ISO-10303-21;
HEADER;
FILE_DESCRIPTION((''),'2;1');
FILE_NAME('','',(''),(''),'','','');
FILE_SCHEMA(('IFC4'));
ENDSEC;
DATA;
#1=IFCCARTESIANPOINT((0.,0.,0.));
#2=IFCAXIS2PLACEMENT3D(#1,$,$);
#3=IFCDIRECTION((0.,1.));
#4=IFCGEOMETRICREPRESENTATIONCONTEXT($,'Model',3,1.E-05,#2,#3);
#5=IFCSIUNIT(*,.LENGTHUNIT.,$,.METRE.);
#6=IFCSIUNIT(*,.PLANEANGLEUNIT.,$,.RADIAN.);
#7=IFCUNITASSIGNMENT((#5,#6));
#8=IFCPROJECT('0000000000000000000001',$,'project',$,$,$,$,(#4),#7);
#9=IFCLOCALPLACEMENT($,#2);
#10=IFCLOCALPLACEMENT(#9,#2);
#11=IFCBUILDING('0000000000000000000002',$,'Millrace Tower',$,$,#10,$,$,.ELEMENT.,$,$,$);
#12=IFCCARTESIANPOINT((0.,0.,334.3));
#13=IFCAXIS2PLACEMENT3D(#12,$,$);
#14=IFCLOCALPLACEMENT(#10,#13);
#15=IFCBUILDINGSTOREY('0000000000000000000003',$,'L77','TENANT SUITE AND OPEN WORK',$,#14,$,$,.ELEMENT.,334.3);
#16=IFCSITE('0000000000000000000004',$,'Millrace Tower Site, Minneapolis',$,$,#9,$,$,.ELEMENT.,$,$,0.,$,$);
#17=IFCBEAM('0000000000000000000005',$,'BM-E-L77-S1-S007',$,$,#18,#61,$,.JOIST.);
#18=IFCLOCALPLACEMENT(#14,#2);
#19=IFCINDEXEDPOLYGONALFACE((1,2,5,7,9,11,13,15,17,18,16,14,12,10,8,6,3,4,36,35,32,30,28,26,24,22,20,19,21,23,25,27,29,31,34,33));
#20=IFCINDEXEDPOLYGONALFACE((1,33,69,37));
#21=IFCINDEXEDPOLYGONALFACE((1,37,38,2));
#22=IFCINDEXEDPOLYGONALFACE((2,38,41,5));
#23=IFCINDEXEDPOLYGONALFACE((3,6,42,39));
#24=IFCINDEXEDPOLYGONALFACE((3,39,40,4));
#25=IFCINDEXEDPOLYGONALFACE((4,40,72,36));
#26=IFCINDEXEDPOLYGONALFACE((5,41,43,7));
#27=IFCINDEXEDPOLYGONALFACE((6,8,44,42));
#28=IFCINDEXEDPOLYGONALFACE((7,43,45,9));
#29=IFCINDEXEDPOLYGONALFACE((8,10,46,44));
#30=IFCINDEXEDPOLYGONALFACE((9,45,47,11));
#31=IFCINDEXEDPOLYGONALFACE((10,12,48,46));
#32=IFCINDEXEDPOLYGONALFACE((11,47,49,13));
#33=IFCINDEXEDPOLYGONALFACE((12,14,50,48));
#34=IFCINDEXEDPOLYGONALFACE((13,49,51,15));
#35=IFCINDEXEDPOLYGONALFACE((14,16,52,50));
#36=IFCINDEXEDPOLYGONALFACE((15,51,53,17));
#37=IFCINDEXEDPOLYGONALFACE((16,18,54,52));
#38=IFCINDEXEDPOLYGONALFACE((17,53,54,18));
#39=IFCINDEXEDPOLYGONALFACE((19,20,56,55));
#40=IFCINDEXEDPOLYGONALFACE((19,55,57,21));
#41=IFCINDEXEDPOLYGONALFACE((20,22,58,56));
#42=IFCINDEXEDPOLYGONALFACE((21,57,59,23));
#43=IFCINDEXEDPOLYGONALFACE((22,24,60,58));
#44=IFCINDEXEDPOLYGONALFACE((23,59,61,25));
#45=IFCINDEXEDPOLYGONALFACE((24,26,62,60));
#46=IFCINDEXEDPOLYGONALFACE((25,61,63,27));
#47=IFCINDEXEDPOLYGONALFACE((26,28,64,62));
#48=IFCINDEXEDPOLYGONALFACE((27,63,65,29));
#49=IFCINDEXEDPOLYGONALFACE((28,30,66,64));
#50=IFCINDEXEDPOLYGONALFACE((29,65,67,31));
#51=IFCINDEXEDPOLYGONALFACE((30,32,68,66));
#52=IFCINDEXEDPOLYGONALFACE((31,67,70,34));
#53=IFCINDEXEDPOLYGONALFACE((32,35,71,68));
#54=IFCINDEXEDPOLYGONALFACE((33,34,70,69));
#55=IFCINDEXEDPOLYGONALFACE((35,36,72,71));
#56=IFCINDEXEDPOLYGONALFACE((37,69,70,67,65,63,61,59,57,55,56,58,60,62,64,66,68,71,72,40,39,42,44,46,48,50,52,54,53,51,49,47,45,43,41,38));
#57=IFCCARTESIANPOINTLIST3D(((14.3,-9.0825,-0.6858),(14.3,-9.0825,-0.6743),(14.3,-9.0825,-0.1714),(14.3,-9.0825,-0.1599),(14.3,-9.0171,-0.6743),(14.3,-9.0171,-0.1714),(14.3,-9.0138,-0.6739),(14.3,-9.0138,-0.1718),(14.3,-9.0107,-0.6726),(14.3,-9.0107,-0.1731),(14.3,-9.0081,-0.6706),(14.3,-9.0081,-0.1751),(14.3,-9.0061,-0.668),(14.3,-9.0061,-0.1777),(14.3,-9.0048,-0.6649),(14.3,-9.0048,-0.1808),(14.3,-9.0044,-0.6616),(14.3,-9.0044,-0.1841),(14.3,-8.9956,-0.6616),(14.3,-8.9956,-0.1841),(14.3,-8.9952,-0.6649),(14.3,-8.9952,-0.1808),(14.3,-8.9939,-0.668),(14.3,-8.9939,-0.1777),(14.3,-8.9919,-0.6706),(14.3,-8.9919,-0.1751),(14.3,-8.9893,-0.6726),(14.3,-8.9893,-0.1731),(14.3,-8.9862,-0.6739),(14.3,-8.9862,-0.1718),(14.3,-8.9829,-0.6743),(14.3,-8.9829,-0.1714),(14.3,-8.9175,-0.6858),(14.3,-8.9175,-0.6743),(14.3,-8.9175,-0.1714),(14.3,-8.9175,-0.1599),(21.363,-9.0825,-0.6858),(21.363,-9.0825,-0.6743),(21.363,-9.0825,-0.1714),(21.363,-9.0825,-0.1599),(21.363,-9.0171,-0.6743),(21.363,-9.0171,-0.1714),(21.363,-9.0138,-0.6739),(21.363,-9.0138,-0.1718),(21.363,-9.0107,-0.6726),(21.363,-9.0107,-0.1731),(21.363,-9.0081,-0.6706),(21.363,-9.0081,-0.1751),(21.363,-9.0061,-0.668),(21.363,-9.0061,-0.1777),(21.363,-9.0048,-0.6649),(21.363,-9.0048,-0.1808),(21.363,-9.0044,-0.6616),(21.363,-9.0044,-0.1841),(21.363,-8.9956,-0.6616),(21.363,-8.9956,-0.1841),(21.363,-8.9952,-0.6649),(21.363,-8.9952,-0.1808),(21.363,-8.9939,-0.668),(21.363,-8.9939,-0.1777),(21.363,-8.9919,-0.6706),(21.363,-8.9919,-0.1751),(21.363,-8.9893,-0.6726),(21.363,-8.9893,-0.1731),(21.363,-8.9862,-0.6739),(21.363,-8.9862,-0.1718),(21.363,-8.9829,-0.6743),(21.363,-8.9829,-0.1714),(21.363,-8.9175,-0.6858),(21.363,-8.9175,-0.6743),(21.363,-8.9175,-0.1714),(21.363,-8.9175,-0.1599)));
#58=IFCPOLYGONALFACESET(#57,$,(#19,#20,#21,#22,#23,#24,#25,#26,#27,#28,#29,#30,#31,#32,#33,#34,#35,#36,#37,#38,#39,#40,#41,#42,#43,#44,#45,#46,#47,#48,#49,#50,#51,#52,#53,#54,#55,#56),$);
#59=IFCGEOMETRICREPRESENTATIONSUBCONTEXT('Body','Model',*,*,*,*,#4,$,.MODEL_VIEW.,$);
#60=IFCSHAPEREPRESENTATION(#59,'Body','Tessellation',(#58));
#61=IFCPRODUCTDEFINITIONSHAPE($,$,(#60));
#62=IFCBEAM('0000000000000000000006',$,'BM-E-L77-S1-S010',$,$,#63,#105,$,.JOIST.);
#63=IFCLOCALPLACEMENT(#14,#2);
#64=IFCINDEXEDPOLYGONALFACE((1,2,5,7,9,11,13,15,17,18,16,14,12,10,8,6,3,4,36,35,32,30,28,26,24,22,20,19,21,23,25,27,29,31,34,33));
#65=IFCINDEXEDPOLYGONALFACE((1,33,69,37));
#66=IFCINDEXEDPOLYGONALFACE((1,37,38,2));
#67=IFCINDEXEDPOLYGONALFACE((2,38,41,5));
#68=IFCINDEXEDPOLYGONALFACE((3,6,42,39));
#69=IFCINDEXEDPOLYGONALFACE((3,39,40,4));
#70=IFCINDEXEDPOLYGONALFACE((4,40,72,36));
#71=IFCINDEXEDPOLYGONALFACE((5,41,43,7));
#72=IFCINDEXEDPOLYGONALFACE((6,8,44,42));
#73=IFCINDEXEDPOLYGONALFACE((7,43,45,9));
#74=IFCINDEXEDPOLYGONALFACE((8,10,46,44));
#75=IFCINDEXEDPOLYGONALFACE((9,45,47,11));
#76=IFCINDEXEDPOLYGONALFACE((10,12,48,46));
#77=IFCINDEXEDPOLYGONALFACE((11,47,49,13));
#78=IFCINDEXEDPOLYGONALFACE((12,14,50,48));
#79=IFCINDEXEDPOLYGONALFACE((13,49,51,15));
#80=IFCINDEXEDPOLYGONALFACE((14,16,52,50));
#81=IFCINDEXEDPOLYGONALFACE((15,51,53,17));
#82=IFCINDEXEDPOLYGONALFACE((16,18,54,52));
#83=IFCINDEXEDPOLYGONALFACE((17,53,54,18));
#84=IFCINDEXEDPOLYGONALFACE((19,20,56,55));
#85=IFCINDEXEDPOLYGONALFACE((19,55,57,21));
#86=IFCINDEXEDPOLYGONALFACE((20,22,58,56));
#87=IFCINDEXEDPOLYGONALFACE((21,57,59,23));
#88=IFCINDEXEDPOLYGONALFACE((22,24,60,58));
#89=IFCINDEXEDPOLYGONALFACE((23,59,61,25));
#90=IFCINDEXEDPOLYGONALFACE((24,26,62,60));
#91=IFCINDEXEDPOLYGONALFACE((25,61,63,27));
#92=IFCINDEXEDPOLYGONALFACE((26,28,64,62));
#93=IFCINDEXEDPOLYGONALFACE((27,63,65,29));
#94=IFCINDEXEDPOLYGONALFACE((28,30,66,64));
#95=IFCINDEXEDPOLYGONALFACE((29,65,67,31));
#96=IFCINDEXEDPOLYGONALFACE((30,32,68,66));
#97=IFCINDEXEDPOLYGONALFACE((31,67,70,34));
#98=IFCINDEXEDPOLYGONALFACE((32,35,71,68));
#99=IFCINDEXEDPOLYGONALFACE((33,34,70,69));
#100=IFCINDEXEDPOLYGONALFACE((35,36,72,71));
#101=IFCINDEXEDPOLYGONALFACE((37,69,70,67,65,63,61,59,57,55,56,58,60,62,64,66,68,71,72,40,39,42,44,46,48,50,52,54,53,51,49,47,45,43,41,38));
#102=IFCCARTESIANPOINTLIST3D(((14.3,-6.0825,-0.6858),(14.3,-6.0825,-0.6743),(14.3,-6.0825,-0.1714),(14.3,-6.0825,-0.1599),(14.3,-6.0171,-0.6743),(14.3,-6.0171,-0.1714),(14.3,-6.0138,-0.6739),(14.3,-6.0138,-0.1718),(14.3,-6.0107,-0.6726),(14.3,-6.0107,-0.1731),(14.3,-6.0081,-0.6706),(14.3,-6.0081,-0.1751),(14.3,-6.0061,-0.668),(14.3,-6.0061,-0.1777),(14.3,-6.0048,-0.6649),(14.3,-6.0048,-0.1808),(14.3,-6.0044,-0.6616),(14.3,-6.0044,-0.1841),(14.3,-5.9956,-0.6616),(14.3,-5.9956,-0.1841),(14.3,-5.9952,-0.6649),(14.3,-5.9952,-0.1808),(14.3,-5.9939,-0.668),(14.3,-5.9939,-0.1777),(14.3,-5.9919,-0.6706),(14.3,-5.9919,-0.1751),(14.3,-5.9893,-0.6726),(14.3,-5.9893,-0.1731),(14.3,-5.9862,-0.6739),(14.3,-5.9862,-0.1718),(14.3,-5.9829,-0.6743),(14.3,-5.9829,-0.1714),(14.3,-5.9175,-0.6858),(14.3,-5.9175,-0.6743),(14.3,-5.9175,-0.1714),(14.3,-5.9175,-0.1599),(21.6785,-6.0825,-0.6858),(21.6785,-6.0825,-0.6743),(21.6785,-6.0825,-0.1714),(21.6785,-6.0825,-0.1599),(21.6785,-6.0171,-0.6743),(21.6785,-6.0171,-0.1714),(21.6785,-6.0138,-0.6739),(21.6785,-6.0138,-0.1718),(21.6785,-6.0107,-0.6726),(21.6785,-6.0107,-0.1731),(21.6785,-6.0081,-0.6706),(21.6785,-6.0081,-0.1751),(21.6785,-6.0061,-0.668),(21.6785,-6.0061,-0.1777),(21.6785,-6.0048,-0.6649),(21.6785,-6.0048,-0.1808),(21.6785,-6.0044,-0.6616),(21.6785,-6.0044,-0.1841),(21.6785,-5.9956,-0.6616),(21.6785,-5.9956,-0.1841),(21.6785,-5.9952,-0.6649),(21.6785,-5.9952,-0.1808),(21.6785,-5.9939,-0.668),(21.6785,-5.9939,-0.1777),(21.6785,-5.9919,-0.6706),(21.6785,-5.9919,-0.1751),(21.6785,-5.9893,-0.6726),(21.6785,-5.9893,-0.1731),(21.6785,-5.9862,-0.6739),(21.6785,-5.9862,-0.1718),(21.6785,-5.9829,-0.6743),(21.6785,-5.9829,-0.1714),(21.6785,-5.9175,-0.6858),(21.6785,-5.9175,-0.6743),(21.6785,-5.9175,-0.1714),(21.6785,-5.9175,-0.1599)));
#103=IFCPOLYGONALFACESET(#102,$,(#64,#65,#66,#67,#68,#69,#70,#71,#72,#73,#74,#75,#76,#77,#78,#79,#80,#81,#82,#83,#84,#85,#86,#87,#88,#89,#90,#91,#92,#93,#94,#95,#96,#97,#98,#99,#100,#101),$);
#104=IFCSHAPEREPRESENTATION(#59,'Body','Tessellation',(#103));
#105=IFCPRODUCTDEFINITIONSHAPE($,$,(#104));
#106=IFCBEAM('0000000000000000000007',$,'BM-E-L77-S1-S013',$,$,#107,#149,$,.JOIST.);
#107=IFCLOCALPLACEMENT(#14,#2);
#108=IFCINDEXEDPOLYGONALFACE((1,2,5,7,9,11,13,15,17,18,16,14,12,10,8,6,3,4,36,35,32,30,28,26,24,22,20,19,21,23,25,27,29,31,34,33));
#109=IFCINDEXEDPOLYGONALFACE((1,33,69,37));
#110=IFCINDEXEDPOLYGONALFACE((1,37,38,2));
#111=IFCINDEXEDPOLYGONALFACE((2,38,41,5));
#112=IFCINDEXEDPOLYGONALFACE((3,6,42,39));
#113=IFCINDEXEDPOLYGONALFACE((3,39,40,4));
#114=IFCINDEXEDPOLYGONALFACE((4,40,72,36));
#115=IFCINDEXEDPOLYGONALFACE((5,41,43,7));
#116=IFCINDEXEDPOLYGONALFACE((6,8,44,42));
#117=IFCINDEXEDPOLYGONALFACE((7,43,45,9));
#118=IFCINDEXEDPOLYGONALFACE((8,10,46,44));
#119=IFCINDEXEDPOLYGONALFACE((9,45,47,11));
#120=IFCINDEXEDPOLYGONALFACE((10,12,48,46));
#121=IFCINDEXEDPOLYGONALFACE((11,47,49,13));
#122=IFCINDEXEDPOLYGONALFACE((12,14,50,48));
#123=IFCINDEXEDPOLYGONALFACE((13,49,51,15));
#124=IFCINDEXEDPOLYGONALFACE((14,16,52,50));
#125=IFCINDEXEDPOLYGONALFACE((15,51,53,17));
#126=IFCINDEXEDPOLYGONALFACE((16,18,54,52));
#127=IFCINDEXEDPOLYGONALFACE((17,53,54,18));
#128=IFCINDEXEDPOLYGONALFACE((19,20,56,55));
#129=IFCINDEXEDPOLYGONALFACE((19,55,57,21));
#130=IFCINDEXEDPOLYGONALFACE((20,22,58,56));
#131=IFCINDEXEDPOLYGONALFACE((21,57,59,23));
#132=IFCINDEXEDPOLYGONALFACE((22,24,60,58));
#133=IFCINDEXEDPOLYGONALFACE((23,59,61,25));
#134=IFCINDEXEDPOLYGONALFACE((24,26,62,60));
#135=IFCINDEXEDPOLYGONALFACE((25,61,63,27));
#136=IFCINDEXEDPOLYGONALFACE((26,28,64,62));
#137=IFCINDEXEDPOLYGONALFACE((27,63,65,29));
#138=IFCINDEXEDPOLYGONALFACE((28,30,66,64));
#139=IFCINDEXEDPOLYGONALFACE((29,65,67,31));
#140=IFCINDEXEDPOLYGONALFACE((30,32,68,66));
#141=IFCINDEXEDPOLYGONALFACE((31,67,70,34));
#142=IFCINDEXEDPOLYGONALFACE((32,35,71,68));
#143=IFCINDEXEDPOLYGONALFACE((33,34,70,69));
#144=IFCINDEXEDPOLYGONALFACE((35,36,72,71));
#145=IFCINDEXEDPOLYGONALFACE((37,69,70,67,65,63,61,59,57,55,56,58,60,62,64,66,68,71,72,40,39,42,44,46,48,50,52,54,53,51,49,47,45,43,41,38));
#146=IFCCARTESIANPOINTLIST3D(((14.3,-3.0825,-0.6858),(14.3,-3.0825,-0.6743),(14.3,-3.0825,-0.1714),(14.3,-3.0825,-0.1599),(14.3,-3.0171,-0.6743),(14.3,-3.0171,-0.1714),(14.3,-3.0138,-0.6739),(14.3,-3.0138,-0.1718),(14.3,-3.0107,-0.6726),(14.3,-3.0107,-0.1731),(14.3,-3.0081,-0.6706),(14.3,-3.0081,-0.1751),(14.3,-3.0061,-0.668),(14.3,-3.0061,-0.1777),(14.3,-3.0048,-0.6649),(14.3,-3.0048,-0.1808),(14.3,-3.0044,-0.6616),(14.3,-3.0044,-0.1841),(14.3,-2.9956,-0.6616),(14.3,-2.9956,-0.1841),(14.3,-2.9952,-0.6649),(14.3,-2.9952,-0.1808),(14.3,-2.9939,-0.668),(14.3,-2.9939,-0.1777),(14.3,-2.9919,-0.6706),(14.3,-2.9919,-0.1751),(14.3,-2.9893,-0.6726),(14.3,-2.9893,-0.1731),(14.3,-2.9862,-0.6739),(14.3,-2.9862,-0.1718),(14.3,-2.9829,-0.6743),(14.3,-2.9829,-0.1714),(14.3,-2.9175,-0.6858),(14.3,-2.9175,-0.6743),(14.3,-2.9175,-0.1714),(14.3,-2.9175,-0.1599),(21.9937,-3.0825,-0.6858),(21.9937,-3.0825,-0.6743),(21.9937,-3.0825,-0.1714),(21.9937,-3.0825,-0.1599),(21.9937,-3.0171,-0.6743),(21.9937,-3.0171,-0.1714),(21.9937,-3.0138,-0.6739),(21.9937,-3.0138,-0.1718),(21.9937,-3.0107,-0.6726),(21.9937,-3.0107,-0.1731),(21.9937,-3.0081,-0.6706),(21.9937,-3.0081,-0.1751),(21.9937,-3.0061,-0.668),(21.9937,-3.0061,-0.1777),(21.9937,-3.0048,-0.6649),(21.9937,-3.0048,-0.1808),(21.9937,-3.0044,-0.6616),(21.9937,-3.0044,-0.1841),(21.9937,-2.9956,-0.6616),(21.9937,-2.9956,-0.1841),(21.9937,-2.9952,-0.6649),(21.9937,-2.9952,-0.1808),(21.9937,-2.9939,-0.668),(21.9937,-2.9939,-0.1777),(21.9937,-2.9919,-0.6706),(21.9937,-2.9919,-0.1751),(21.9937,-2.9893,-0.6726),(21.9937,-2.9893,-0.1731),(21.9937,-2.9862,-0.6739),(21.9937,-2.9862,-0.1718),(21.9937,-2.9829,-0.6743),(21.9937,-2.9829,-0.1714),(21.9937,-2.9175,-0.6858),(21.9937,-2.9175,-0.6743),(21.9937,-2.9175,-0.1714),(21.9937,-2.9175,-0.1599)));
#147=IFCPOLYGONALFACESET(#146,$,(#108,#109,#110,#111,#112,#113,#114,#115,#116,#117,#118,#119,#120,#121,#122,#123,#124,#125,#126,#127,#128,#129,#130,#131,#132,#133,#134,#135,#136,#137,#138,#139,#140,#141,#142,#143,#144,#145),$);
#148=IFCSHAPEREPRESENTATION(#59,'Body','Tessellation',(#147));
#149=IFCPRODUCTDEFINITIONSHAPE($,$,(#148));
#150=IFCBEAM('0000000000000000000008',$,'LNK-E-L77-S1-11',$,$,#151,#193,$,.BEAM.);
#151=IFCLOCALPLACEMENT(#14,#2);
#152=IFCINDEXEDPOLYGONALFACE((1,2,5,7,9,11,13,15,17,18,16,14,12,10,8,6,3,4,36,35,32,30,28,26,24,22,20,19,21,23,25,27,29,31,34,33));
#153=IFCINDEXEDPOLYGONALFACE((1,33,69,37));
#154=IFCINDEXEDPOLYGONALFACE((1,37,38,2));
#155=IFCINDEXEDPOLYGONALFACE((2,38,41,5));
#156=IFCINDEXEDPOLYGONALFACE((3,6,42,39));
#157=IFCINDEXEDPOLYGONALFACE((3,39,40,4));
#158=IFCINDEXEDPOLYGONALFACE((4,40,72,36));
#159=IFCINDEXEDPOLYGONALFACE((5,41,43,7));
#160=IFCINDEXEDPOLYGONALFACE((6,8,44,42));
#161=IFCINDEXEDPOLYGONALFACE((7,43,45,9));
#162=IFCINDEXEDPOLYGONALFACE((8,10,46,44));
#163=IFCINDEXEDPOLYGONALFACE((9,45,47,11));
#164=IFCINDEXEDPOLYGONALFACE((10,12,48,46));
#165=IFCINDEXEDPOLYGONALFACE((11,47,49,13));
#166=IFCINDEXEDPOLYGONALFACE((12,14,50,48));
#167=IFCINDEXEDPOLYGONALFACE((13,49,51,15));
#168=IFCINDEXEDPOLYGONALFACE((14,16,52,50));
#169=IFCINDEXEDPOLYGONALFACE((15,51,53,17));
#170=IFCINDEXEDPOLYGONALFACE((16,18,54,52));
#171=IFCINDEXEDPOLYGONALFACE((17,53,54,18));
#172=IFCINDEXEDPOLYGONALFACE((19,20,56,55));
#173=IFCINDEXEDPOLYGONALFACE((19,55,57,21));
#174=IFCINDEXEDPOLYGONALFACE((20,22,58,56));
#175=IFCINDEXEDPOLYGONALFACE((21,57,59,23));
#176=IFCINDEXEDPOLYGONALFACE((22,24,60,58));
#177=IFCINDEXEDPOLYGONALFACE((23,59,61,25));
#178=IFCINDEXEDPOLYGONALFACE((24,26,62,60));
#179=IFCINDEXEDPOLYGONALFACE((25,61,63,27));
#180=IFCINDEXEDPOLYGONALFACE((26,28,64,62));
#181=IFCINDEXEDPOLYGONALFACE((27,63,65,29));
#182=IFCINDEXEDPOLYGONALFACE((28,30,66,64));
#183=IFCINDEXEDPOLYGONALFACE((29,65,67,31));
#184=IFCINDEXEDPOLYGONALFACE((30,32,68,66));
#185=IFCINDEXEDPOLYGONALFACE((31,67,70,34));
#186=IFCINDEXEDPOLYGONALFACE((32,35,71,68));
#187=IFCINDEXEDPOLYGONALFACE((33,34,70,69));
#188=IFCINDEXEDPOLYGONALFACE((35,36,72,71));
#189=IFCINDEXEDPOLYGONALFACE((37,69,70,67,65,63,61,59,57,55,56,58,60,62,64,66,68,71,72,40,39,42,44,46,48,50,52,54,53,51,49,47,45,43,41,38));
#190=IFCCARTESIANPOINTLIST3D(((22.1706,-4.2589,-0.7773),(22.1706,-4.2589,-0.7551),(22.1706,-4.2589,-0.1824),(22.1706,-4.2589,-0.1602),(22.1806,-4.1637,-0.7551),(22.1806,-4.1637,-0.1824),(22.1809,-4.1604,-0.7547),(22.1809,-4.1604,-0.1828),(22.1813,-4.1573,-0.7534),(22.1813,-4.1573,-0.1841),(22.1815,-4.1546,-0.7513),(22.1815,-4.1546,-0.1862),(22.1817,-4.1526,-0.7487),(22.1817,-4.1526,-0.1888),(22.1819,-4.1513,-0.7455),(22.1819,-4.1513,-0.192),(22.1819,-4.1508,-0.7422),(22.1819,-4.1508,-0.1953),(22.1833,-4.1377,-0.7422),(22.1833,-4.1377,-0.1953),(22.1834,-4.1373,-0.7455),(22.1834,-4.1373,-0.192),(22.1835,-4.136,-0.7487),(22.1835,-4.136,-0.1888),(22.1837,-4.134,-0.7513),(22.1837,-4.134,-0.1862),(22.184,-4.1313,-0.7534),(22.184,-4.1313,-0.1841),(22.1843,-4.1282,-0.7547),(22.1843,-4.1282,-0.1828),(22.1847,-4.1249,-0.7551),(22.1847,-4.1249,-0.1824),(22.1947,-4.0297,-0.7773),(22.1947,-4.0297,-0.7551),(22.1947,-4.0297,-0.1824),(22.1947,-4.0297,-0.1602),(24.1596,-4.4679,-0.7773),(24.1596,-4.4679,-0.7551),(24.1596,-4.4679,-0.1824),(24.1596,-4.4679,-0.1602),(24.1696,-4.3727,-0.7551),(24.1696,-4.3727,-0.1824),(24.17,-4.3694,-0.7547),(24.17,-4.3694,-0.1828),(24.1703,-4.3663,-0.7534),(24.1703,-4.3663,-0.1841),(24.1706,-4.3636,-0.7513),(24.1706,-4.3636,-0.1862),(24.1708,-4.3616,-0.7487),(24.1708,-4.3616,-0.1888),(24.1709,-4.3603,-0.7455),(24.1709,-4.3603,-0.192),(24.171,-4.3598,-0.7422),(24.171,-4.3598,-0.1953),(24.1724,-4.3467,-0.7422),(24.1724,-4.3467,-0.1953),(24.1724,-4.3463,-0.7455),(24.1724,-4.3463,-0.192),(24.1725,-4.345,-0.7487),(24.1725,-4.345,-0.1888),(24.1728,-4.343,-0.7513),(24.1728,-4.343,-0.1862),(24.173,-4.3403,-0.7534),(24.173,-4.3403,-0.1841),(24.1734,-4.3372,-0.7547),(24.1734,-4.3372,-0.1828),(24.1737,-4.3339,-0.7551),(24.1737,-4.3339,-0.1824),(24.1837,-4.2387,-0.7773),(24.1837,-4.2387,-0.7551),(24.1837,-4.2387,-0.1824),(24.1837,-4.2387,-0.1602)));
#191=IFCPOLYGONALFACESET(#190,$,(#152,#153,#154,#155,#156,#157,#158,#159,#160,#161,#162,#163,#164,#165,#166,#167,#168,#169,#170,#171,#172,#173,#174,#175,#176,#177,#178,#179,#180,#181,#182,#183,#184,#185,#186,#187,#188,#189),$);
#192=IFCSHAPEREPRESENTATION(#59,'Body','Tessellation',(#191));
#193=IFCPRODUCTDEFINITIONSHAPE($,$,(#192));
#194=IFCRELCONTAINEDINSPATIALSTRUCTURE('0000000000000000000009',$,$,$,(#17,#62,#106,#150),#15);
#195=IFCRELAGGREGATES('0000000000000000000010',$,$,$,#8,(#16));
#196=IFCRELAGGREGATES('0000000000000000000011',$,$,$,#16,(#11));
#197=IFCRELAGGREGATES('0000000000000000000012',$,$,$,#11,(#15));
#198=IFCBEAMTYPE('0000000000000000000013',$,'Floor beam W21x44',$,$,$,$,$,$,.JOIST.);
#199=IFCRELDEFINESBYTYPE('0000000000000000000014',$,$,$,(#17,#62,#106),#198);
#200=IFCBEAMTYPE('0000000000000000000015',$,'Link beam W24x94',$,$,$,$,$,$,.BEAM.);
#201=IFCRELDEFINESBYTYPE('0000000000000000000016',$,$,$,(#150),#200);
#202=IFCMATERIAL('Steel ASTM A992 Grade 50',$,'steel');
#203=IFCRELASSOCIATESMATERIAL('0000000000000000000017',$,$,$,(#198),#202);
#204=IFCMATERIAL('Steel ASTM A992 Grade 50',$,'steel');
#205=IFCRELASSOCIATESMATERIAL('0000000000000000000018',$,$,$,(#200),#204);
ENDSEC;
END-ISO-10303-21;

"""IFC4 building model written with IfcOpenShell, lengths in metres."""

from ifc_helpers import new_model, si_unit, direction, frame, origin, origin_2d, place, context, subcontext, project, spatial, i_section, extrude, material, material_profile, profile_set, type_object, element, save


model = new_model("IFC4")

# Units and contexts
model_context = context("Model", 3, precision=1e-05, world=origin(), true_north=direction((0.0, 1.0)))
body_context = subcontext(model_context, "Body", "Model", "MODEL_VIEW")
ifc_project = project(units=[si_unit("LENGTHUNIT", "METRE"), si_unit("PLANEANGLEUNIT", "RADIAN")], contexts=[model_context])

# Site, building, storey
site_placement = place(None, origin())
site = spatial("IfcSite", under=ifc_project, at=site_placement, Name="Millrace Tower Site, Minneapolis", CompositionType="ELEMENT", RefElevation=0.0)
building_placement = place(site_placement, origin())
building = spatial("IfcBuilding", under=site, at=building_placement, Name="Millrace Tower", CompositionType="ELEMENT")
storey_placement = place(building_placement, frame((0.0, 0.0, 334.3)))
storey = spatial("IfcBuildingStorey", under=building, at=storey_placement, Name="L77", Description="TENANT SUITE AND OPEN WORK", CompositionType="ELEMENT", Elevation=334.3)

# Beams
ifc_material_1 = material(Name="Steel ASTM A992 Grade 50", Category="steel")
ifc_material_profile_1 = material_profile(ifc_material_1, i_section(OverallWidth=0.165, OverallDepth=0.5259, WebThickness=0.0088, FlangeThickness=0.0115, FilletRadius=0.0127, at=origin_2d()))
ifc_profile_set_1 = profile_set([ifc_material_profile_1], Name="Steel ASTM A992 Grade 50")
beam_type_1 = type_object("IfcBeamType", Name="Floor beam W21x44", PredefinedType="JOIST", material=ifc_profile_set_1)
beam_1_placement = place(storey_placement, frame((14.3, -9.0, -0.4229), z_axis=(1.0, 0.0, 0.0), x_axis=(0.0, 1.0, 0.0)))
element("IfcBeam", 1, at=beam_1_placement, inside=storey, type_object=beam_type_1, Name="BM-E-L77-S1-S007", PredefinedType="JOIST", context=body_context, shape_type="SweptSolid", body=[
    extrude(i_section(OverallWidth=0.165, OverallDepth=0.5259, WebThickness=0.0088, FlangeThickness=0.0115, FilletRadius=0.0127, at=origin_2d()), origin(), (0.0, 0.0, 1.0), 7.063),
])
beam_2_placement = place(storey_placement, frame((14.3, -6.0, -0.4229), z_axis=(1.0, 0.0, 0.0), x_axis=(0.0, 1.0, 0.0)))
element("IfcBeam", 2, at=beam_2_placement, inside=storey, type_object=beam_type_1, Name="BM-E-L77-S1-S010", PredefinedType="JOIST", context=body_context, shape_type="SweptSolid", body=[
    extrude(i_section(OverallWidth=0.165, OverallDepth=0.5259, WebThickness=0.0088, FlangeThickness=0.0115, FilletRadius=0.0127, at=origin_2d()), origin(), (0.0, 0.0, 1.0), 7.3784),
])
beam_3_placement = place(storey_placement, frame((14.3, -3.0, -0.4229), z_axis=(1.0, 0.0, 0.0), x_axis=(0.0, 1.0, 0.0)))
element("IfcBeam", 3, at=beam_3_placement, inside=storey, type_object=beam_type_1, Name="BM-E-L77-S1-S013", PredefinedType="JOIST", context=body_context, shape_type="SweptSolid", body=[
    extrude(i_section(OverallWidth=0.165, OverallDepth=0.5259, WebThickness=0.0088, FlangeThickness=0.0115, FilletRadius=0.0127, at=origin_2d()), origin(), (0.0, 0.0, 1.0), 7.6936),
])
ifc_material_2 = material(Name="Steel ASTM A992 Grade 50", Category="steel")
ifc_material_profile_2 = material_profile(ifc_material_2, i_section(OverallWidth=0.2305, OverallDepth=0.6172, WebThickness=0.0132, FlangeThickness=0.0222, FilletRadius=0.0129, at=origin_2d()))
ifc_profile_set_2 = profile_set([ifc_material_profile_2], Name="Steel ASTM A992 Grade 50")
beam_type_2 = type_object("IfcBeamType", Name="Link beam W24x94", PredefinedType="BEAM", material=ifc_profile_set_2)
beam_4_placement = place(storey_placement, frame((22.1826, -4.1443, -0.4688), z_axis=(0.994526, -0.104494, 0.0), x_axis=(0.104494, 0.994526, 0.0)))
element("IfcBeam", 4, at=beam_4_placement, inside=storey, type_object=beam_type_2, Name="LNK-E-L77-S1-11", PredefinedType="BEAM", context=body_context, shape_type="SweptSolid", body=[
    extrude(i_section(OverallWidth=0.2305, OverallDepth=0.6172, WebThickness=0.0132, FlangeThickness=0.0222, FilletRadius=0.0129, at=origin_2d()), origin(), (0.0, 0.0, 1.0), 2.0),
])

save(model, "model.ifc")
